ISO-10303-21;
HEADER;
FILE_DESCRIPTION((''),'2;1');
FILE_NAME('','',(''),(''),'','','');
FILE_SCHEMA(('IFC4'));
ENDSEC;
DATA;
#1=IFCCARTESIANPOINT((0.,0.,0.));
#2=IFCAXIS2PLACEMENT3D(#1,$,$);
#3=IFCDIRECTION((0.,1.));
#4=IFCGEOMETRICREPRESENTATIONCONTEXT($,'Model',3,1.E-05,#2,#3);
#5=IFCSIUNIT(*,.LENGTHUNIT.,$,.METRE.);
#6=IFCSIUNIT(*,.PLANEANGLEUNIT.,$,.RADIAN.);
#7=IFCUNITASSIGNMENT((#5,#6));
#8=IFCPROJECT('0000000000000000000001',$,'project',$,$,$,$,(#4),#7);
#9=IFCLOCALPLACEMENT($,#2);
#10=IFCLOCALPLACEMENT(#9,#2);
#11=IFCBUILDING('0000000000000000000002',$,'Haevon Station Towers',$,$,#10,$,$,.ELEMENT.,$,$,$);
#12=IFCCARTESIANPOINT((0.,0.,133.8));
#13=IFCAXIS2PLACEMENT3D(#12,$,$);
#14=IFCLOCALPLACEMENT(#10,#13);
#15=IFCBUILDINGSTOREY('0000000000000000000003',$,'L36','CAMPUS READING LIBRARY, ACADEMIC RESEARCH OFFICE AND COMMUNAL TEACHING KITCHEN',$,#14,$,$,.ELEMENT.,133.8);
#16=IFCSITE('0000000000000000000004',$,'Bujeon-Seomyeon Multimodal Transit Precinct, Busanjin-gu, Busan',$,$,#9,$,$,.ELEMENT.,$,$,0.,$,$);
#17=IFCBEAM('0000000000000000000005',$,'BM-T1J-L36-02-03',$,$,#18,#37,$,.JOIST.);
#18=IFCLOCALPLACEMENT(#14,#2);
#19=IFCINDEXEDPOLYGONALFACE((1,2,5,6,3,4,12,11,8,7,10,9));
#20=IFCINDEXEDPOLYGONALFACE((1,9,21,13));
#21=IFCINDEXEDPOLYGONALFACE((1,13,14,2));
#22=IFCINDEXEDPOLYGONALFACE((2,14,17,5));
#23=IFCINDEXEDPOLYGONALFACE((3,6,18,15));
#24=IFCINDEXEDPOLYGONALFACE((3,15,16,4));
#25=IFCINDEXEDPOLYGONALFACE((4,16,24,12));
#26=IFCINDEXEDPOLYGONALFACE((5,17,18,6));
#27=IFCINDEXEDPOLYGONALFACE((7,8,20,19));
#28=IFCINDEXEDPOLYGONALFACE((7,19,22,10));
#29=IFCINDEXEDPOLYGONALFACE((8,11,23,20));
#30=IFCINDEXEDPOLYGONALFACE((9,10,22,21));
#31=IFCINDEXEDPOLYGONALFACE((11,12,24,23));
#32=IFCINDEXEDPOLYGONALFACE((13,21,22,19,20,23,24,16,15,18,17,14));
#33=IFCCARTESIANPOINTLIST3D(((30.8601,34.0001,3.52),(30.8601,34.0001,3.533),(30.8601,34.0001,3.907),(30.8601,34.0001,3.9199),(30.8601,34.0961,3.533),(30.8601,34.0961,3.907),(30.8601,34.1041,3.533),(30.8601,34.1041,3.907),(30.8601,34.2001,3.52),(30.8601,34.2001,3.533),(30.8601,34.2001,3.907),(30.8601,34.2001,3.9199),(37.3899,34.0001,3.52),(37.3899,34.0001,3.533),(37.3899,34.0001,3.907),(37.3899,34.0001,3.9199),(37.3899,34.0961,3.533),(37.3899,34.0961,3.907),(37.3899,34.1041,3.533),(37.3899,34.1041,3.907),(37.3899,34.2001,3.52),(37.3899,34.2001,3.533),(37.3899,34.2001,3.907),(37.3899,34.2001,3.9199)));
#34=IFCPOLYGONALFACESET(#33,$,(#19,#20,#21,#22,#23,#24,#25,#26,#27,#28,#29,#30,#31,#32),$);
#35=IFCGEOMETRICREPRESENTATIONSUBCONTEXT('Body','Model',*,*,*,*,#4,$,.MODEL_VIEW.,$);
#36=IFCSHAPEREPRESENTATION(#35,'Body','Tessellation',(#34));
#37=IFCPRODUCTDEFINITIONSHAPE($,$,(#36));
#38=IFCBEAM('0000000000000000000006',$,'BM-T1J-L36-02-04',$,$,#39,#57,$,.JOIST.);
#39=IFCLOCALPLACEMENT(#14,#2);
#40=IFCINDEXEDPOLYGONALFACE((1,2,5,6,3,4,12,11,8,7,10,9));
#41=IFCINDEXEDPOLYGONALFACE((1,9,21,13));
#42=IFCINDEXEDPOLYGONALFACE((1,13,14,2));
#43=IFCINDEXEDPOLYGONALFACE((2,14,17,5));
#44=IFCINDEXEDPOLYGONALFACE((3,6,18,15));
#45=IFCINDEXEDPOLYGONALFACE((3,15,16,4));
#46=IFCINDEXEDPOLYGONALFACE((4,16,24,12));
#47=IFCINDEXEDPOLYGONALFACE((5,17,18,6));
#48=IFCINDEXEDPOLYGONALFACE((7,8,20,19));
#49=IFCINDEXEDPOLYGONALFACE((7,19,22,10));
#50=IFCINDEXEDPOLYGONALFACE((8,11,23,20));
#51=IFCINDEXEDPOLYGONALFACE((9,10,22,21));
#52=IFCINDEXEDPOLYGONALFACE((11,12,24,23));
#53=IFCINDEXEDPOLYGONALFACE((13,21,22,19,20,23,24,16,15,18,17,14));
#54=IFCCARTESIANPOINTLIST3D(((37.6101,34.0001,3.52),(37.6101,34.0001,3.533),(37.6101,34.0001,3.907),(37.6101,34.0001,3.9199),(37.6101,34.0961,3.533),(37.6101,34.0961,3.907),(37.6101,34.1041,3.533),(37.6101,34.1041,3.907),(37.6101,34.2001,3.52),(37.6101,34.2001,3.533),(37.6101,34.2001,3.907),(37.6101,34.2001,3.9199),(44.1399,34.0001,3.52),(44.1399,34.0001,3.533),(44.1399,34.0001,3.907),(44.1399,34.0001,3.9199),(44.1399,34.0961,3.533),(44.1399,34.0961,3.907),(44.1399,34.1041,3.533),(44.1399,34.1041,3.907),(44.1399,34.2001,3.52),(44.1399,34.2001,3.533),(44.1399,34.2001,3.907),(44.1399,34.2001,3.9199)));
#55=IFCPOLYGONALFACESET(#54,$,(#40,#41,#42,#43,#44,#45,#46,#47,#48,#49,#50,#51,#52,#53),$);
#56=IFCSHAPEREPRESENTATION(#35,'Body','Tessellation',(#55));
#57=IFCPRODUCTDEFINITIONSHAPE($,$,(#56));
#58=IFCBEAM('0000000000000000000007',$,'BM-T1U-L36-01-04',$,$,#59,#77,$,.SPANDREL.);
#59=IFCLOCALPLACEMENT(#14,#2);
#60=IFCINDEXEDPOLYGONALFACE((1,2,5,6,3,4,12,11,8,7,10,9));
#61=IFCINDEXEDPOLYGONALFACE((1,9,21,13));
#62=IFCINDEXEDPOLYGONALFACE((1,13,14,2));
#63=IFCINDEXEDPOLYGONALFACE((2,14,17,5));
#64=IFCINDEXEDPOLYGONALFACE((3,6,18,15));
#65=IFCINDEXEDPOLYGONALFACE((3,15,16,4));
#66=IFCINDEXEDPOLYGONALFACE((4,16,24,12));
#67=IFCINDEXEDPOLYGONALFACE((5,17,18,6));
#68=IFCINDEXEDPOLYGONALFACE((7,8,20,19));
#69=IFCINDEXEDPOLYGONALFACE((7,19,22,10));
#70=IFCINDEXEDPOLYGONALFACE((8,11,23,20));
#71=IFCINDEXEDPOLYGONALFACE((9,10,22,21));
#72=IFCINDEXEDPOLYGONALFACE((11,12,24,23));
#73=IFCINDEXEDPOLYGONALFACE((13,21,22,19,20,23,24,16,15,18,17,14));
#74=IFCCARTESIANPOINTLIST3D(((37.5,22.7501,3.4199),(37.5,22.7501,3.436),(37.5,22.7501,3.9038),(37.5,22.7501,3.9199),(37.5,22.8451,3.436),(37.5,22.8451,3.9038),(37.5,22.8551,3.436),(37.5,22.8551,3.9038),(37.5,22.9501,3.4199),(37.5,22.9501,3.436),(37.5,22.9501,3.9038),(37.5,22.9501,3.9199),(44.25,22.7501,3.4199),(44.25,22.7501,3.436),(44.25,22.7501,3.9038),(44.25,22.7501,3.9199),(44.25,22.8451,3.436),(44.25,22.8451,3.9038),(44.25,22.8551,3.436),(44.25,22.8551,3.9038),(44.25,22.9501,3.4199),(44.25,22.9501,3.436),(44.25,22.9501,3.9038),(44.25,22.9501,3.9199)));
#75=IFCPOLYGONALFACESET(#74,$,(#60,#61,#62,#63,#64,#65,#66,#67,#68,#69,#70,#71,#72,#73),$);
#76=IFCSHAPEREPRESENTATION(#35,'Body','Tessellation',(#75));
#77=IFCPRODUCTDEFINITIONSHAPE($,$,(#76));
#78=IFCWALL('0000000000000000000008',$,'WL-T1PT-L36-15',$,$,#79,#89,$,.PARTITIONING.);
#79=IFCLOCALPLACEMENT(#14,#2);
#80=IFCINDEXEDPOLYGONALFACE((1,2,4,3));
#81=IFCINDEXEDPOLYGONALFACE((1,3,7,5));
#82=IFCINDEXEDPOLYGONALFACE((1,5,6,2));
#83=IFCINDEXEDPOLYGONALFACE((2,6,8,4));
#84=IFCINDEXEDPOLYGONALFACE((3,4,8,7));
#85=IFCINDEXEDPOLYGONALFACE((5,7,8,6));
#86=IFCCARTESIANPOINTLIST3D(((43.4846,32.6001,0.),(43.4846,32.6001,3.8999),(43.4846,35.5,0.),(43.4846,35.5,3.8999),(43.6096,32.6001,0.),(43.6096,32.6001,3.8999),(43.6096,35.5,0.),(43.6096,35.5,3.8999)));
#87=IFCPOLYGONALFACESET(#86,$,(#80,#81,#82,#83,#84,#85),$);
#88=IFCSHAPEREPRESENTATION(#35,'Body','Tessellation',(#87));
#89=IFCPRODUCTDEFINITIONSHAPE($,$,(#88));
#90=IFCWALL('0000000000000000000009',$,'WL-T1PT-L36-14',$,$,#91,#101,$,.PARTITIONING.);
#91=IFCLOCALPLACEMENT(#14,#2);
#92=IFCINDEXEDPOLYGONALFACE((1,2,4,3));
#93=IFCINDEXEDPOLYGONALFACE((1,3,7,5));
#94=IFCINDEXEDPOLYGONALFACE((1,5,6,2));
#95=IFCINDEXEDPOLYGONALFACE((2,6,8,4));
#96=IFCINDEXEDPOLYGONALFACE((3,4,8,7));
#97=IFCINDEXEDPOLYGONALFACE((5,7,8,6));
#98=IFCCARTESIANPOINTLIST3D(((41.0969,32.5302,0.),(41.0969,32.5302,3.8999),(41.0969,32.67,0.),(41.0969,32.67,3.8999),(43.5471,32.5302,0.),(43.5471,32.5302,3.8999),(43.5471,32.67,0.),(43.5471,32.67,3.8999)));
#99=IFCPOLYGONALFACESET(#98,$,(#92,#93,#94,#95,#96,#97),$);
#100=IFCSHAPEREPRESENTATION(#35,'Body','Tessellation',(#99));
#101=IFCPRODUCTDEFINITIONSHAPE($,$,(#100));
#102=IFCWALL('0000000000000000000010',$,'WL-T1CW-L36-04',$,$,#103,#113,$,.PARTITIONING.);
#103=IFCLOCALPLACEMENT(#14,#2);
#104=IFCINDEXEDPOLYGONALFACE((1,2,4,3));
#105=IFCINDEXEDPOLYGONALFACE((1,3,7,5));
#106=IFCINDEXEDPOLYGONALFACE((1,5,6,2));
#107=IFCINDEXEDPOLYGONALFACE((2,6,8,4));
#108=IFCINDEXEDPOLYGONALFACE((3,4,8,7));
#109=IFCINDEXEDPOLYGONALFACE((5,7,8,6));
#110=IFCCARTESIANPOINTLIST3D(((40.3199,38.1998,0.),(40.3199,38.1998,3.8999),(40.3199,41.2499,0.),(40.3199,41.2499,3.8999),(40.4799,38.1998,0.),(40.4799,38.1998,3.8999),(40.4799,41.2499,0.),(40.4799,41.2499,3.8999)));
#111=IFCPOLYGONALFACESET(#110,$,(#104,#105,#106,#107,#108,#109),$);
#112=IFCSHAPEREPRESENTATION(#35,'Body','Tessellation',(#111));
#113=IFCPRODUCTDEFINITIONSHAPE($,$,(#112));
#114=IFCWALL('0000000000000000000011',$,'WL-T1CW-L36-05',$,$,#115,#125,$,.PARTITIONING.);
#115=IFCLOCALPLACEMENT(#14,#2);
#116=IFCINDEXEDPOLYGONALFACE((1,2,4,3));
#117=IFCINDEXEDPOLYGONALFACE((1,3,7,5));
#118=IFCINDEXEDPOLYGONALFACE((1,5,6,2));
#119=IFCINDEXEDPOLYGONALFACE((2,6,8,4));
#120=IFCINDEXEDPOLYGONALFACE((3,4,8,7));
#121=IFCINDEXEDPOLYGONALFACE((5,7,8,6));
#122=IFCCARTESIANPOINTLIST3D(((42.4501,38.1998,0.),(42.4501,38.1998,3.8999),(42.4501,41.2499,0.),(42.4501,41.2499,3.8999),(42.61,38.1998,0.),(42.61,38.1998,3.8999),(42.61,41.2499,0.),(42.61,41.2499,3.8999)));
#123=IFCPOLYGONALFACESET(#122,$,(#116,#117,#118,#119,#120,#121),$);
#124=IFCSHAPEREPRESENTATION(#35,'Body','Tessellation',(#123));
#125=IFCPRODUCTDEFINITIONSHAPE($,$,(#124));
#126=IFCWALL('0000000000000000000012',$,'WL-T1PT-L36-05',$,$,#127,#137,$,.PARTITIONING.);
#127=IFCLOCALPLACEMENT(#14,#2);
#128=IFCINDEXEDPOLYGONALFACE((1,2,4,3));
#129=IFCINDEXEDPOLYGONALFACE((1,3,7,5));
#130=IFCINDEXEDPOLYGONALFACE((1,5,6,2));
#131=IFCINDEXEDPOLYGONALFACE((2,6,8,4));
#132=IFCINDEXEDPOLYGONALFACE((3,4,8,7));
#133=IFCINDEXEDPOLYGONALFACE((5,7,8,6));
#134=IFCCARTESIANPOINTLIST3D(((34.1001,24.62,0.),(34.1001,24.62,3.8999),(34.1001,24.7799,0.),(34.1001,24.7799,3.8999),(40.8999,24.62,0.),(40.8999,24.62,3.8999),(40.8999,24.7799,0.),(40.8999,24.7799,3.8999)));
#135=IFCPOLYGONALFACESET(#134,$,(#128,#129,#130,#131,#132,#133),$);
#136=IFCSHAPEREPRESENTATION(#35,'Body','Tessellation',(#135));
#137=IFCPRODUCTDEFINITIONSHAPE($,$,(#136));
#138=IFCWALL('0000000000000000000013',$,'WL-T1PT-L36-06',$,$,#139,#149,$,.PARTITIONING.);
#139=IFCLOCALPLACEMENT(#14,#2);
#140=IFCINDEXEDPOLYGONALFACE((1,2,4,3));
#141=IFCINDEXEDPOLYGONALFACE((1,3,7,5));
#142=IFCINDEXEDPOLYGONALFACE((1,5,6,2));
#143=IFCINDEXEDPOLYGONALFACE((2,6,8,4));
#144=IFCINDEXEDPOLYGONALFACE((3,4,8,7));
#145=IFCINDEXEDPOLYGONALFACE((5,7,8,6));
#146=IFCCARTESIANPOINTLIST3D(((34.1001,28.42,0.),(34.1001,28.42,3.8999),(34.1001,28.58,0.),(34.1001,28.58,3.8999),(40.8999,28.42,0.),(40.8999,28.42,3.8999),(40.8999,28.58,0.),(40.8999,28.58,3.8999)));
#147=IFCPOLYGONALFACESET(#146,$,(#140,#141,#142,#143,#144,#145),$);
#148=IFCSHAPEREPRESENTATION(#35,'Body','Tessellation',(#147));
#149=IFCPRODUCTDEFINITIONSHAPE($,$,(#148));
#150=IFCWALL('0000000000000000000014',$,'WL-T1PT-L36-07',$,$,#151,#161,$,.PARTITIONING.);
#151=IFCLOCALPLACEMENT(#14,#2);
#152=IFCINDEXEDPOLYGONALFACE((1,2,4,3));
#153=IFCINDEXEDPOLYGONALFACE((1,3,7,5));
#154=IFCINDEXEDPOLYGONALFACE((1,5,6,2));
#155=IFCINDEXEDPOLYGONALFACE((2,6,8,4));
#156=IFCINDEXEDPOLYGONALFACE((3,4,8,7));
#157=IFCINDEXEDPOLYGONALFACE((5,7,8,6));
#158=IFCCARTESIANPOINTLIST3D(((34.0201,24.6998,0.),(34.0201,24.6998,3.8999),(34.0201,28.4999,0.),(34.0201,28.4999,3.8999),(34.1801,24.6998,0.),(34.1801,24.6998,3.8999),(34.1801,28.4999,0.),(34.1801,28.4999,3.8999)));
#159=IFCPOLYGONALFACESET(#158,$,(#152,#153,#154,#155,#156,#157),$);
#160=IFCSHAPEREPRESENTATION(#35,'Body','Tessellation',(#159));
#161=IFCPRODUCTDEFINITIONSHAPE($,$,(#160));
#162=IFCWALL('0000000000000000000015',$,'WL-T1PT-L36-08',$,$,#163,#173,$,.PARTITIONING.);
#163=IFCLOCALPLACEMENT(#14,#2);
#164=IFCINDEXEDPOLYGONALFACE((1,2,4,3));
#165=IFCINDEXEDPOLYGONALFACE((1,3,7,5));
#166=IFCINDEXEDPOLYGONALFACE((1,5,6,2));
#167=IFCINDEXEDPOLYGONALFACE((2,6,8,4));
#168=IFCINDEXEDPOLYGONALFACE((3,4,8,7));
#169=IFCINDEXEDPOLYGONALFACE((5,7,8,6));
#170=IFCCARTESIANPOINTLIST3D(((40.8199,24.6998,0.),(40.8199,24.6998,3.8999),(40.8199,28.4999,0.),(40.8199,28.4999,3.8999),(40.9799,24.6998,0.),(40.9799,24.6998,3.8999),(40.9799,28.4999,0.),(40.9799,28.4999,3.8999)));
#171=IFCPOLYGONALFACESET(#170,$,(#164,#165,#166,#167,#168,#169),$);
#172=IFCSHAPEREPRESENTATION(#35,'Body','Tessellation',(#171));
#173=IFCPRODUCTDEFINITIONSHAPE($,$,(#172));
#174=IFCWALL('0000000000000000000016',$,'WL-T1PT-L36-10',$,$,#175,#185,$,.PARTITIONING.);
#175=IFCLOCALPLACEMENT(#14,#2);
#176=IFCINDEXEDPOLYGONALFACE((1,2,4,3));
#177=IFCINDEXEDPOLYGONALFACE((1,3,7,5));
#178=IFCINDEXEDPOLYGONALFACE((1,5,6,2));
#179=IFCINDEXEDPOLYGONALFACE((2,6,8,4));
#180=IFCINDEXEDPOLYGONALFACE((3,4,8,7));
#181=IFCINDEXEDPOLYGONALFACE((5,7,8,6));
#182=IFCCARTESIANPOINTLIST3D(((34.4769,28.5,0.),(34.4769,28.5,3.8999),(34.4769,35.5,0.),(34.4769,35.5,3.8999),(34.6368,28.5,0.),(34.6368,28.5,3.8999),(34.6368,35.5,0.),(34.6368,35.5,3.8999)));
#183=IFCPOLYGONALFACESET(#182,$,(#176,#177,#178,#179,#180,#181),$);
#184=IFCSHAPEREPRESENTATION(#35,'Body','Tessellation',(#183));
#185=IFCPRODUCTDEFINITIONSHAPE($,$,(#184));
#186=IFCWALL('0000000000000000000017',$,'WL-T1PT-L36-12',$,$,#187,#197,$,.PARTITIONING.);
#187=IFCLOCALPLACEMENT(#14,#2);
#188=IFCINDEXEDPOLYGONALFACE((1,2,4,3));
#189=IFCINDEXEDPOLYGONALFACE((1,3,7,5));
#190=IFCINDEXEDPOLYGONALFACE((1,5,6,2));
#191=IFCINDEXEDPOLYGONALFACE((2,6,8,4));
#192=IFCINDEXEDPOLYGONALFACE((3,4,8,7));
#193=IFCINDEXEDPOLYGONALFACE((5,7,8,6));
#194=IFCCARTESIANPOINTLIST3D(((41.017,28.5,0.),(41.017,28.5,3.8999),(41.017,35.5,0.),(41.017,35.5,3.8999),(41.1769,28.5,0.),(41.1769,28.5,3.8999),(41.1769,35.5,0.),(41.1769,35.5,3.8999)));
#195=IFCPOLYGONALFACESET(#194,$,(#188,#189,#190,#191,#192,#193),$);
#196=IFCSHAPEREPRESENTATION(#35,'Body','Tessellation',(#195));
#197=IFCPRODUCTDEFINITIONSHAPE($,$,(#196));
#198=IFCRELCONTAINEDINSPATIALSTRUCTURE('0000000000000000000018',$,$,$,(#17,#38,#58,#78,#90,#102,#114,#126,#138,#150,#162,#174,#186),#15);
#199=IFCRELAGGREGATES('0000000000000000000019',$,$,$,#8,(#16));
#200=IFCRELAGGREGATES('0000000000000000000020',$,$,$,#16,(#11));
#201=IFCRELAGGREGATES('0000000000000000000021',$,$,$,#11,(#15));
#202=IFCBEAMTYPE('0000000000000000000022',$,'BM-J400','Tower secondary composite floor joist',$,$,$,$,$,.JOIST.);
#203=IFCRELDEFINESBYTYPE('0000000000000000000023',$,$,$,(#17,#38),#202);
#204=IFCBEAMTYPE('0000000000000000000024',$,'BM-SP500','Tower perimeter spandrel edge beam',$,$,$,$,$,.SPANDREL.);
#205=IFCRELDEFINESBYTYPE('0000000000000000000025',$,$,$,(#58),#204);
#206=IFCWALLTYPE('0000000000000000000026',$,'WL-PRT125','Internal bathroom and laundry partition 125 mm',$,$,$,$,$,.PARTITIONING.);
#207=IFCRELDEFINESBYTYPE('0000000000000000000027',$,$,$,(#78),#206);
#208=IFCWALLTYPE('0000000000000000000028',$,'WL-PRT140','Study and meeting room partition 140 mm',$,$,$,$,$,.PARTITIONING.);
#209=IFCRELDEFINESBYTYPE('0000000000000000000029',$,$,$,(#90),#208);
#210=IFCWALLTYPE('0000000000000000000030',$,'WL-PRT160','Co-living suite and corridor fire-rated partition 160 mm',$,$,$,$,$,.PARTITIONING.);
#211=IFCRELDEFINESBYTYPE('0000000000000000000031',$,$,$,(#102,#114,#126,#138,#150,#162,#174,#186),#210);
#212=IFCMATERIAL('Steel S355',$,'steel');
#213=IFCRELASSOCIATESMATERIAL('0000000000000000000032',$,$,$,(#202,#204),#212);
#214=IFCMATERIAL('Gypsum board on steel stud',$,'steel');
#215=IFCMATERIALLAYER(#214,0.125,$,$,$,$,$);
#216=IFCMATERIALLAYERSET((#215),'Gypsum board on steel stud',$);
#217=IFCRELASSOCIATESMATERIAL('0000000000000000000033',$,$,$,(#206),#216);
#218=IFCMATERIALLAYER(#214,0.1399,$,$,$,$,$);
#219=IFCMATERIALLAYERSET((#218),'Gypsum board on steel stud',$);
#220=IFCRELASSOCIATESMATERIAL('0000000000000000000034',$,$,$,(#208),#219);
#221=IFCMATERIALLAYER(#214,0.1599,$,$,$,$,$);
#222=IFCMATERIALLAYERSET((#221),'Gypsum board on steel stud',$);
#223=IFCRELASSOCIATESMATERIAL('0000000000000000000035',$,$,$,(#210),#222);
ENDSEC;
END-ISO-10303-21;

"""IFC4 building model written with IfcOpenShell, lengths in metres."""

from ifc_helpers import new_model, si_unit, direction, frame, frame_2d, origin, origin_2d, place, context, subcontext, project, spatial, rectangle, i_section, extrude, material, layer, layer_set, material_profile, profile_set, type_object, element, save


model = new_model("IFC4")

# Units and contexts
model_context = context("Model", 3, precision=1e-05, world=origin(), true_north=direction((0.0, 1.0)))
body_context = subcontext(model_context, "Body", "Model", "MODEL_VIEW")
ifc_project = project(units=[si_unit("LENGTHUNIT", "METRE"), si_unit("PLANEANGLEUNIT", "RADIAN")], contexts=[model_context])

# Site, building, storey
site_placement = place(None, origin())
site = spatial("IfcSite", under=ifc_project, at=site_placement, Name="Bujeon-Seomyeon Multimodal Transit Precinct, Busanjin-gu, Busan", CompositionType="ELEMENT", RefElevation=0.0)
building_placement = place(site_placement, origin())
building = spatial("IfcBuilding", under=site, at=building_placement, Name="Haevon Station Towers", CompositionType="ELEMENT")
storey_placement = place(building_placement, frame((0.0, 0.0, 133.8)))
storey = spatial("IfcBuildingStorey", under=building, at=storey_placement, Name="L36", Description="CAMPUS READING LIBRARY, ACADEMIC RESEARCH OFFICE AND COMMUNAL TEACHING KITCHEN", CompositionType="ELEMENT", Elevation=133.8)

# Beams
ifc_material_1 = material(Name="Steel S355", Category="steel")
ifc_material_profile_1 = material_profile(ifc_material_1, i_section(OverallWidth=0.2, OverallDepth=0.3999, WebThickness=0.0081, FlangeThickness=0.0129, at=origin_2d()), Name="H-400x200x8x13")
ifc_profile_set_1 = profile_set([ifc_material_profile_1], Name="Steel S355")
beam_type_1 = type_object("IfcBeamType", Name="BM-J400", Description="Tower secondary composite floor joist", PredefinedType="JOIST", material=ifc_profile_set_1)
for number, where, z_axis, x_axis, name in (
    (1, (30.8601, 34.1001, 3.72), (1.0, 0.0, 0.0), (0.0, 1.0, 0.0), "BM-T1J-L36-02-03"),
    (2, (37.6101, 34.1001, 3.72), (1.0, 0.0, 0.0), (0.0, 1.0, 0.0), "BM-T1J-L36-02-04"),
):
    element("IfcBeam", number, at=place(storey_placement, frame(where, z_axis=z_axis, x_axis=x_axis)), inside=storey, type_object=beam_type_1, Name=name, PredefinedType="JOIST", context=body_context, shape_type="SweptSolid", body=[
        extrude(i_section(OverallWidth=0.2, OverallDepth=0.3999, WebThickness=0.0081, FlangeThickness=0.0129, at=origin_2d()), origin(), (0.0, 0.0, 1.0), 6.5298),
    ])
ifc_material_profile_2 = material_profile(ifc_material_1, i_section(OverallWidth=0.2, OverallDepth=0.5, WebThickness=0.01, FlangeThickness=0.0161, at=origin_2d()), Name="H-500x200x10x16")
ifc_profile_set_2 = profile_set([ifc_material_profile_2], Name="Steel S355")
beam_type_2 = type_object("IfcBeamType", Name="BM-SP500", Description="Tower perimeter spandrel edge beam", PredefinedType="SPANDREL", material=ifc_profile_set_2)
beam_1_placement = place(storey_placement, frame((37.5, 22.8501, 3.6699), z_axis=(1.0, 0.0, 0.0), x_axis=(0.0, 1.0, 0.0)))
element("IfcBeam", 3, at=beam_1_placement, inside=storey, type_object=beam_type_2, Name="BM-T1U-L36-01-04", PredefinedType="SPANDREL", context=body_context, shape_type="SweptSolid", body=[
    extrude(i_section(OverallWidth=0.2, OverallDepth=0.5, WebThickness=0.01, FlangeThickness=0.0161, at=origin_2d()), origin(), (0.0, 0.0, 1.0), 6.75),
])

# Walls
ifc_material_2 = material(Name="Gypsum board on steel stud", Category="steel")
ifc_layer_1 = layer(ifc_material_2, 0.125)
ifc_layer_set_1 = layer_set([ifc_layer_1], Name="Gypsum board on steel stud")
wall_type_1 = type_object("IfcWallType", Name="WL-PRT125", Description="Internal bathroom and laundry partition 125 mm", PredefinedType="PARTITIONING", material=ifc_layer_set_1)
wall_1_placement = place(storey_placement, frame((43.5471, 32.6001, 0.0), z_axis=(0.0, 0.0, 1.0), x_axis=(0.0, 1.0, 0.0)))
element("IfcWall", 4, at=wall_1_placement, inside=storey, type_object=wall_type_1, Name="WL-T1PT-L36-15", PredefinedType="PARTITIONING", context=body_context, shape_type="SweptSolid", body=[
    extrude(rectangle(XDim=2.8999, YDim=0.125, at=frame_2d((1.45, 0.0))), origin(), (0.0, 0.0, 1.0), 3.8999),
])
ifc_layer_2 = layer(ifc_material_2, 0.1399)
ifc_layer_set_2 = layer_set([ifc_layer_2], Name="Gypsum board on steel stud")
wall_type_2 = type_object("IfcWallType", Name="WL-PRT140", Description="Study and meeting room partition 140 mm", PredefinedType="PARTITIONING", material=ifc_layer_set_2)
wall_2_placement = place(storey_placement, frame((41.0969, 32.6001, 0.0), z_axis=(0.0, 0.0, 1.0), x_axis=(1.0, 0.0, 0.0)))
element("IfcWall", 5, at=wall_2_placement, inside=storey, type_object=wall_type_2, Name="WL-T1PT-L36-14", PredefinedType="PARTITIONING", context=body_context, shape_type="SweptSolid", body=[
    extrude(rectangle(XDim=2.4502, YDim=0.1399, at=frame_2d((1.2251, 0.0))), origin(), (0.0, 0.0, 1.0), 3.8999),
])
ifc_layer_3 = layer(ifc_material_2, 0.1599)
ifc_layer_set_3 = layer_set([ifc_layer_3], Name="Gypsum board on steel stud")
wall_type_3 = type_object("IfcWallType", Name="WL-PRT160", Description="Co-living suite and corridor fire-rated partition 160 mm", PredefinedType="PARTITIONING", material=ifc_layer_set_3)
for number, where, z_axis, x_axis, name in (
    (6, (40.3999, 38.2, 0.0), (0.0, 0.0, 1.0), (0.0, 1.0, 0.0), "WL-T1CW-L36-04"),
    (7, (42.53, 38.2, 0.0), (0.0, 0.0, 1.0), (0.0, 1.0, 0.0), "WL-T1CW-L36-05"),
):
    element("IfcWall", number, at=place(storey_placement, frame(where, z_axis=z_axis, x_axis=x_axis)), inside=storey, type_object=wall_type_3, Name=name, PredefinedType="PARTITIONING", context=body_context, shape_type="SweptSolid", body=[
        extrude(rectangle(XDim=3.05, YDim=0.1599, at=frame_2d((1.5249, 0.0))), origin(), (0.0, 0.0, 1.0), 3.8999),
    ])
for number, where, z_axis, x_axis, name in (
    (8, (34.1001, 24.7, 0.0), (0.0, 0.0, 1.0), (1.0, 0.0, 0.0), "WL-T1PT-L36-05"),
    (9, (34.1001, 28.5, 0.0), (0.0, 0.0, 1.0), (1.0, 0.0, 0.0), "WL-T1PT-L36-06"),
):
    element("IfcWall", number, at=place(storey_placement, frame(where, z_axis=z_axis, x_axis=x_axis)), inside=storey, type_object=wall_type_3, Name=name, PredefinedType="PARTITIONING", context=body_context, shape_type="SweptSolid", body=[
        extrude(rectangle(XDim=6.7998, YDim=0.1599, at=frame_2d((3.3999, 0.0))), origin(), (0.0, 0.0, 1.0), 3.8999),
    ])
for number, where, z_axis, x_axis, name in (
    (10, (34.1001, 24.7, 0.0), (0.0, 0.0, 1.0), (0.0, 1.0, 0.0), "WL-T1PT-L36-07"),
    (11, (40.8999, 24.7, 0.0), (0.0, 0.0, 1.0), (0.0, 1.0, 0.0), "WL-T1PT-L36-08"),
):
    element("IfcWall", number, at=place(storey_placement, frame(where, z_axis=z_axis, x_axis=x_axis)), inside=storey, type_object=wall_type_3, Name=name, PredefinedType="PARTITIONING", context=body_context, shape_type="SweptSolid", body=[
        extrude(rectangle(XDim=3.8, YDim=0.1599, at=frame_2d((1.8999, 0.0))), origin(), (0.0, 0.0, 1.0), 3.8999),
    ])
for number, where, z_axis, x_axis, name in (
    (12, (34.5569, 28.5, 0.0), (0.0, 0.0, 1.0), (0.0, 1.0, 0.0), "WL-T1PT-L36-10"),
    (13, (41.0969, 28.5, 0.0), (0.0, 0.0, 1.0), (0.0, 1.0, 0.0), "WL-T1PT-L36-12"),
):
    element("IfcWall", number, at=place(storey_placement, frame(where, z_axis=z_axis, x_axis=x_axis)), inside=storey, type_object=wall_type_3, Name=name, PredefinedType="PARTITIONING", context=body_context, shape_type="SweptSolid", body=[
        extrude(rectangle(XDim=7.0, YDim=0.1599, at=frame_2d((3.5, 0.0))), origin(), (0.0, 0.0, 1.0), 3.8999),
    ])

save(model, "model.ifc")
